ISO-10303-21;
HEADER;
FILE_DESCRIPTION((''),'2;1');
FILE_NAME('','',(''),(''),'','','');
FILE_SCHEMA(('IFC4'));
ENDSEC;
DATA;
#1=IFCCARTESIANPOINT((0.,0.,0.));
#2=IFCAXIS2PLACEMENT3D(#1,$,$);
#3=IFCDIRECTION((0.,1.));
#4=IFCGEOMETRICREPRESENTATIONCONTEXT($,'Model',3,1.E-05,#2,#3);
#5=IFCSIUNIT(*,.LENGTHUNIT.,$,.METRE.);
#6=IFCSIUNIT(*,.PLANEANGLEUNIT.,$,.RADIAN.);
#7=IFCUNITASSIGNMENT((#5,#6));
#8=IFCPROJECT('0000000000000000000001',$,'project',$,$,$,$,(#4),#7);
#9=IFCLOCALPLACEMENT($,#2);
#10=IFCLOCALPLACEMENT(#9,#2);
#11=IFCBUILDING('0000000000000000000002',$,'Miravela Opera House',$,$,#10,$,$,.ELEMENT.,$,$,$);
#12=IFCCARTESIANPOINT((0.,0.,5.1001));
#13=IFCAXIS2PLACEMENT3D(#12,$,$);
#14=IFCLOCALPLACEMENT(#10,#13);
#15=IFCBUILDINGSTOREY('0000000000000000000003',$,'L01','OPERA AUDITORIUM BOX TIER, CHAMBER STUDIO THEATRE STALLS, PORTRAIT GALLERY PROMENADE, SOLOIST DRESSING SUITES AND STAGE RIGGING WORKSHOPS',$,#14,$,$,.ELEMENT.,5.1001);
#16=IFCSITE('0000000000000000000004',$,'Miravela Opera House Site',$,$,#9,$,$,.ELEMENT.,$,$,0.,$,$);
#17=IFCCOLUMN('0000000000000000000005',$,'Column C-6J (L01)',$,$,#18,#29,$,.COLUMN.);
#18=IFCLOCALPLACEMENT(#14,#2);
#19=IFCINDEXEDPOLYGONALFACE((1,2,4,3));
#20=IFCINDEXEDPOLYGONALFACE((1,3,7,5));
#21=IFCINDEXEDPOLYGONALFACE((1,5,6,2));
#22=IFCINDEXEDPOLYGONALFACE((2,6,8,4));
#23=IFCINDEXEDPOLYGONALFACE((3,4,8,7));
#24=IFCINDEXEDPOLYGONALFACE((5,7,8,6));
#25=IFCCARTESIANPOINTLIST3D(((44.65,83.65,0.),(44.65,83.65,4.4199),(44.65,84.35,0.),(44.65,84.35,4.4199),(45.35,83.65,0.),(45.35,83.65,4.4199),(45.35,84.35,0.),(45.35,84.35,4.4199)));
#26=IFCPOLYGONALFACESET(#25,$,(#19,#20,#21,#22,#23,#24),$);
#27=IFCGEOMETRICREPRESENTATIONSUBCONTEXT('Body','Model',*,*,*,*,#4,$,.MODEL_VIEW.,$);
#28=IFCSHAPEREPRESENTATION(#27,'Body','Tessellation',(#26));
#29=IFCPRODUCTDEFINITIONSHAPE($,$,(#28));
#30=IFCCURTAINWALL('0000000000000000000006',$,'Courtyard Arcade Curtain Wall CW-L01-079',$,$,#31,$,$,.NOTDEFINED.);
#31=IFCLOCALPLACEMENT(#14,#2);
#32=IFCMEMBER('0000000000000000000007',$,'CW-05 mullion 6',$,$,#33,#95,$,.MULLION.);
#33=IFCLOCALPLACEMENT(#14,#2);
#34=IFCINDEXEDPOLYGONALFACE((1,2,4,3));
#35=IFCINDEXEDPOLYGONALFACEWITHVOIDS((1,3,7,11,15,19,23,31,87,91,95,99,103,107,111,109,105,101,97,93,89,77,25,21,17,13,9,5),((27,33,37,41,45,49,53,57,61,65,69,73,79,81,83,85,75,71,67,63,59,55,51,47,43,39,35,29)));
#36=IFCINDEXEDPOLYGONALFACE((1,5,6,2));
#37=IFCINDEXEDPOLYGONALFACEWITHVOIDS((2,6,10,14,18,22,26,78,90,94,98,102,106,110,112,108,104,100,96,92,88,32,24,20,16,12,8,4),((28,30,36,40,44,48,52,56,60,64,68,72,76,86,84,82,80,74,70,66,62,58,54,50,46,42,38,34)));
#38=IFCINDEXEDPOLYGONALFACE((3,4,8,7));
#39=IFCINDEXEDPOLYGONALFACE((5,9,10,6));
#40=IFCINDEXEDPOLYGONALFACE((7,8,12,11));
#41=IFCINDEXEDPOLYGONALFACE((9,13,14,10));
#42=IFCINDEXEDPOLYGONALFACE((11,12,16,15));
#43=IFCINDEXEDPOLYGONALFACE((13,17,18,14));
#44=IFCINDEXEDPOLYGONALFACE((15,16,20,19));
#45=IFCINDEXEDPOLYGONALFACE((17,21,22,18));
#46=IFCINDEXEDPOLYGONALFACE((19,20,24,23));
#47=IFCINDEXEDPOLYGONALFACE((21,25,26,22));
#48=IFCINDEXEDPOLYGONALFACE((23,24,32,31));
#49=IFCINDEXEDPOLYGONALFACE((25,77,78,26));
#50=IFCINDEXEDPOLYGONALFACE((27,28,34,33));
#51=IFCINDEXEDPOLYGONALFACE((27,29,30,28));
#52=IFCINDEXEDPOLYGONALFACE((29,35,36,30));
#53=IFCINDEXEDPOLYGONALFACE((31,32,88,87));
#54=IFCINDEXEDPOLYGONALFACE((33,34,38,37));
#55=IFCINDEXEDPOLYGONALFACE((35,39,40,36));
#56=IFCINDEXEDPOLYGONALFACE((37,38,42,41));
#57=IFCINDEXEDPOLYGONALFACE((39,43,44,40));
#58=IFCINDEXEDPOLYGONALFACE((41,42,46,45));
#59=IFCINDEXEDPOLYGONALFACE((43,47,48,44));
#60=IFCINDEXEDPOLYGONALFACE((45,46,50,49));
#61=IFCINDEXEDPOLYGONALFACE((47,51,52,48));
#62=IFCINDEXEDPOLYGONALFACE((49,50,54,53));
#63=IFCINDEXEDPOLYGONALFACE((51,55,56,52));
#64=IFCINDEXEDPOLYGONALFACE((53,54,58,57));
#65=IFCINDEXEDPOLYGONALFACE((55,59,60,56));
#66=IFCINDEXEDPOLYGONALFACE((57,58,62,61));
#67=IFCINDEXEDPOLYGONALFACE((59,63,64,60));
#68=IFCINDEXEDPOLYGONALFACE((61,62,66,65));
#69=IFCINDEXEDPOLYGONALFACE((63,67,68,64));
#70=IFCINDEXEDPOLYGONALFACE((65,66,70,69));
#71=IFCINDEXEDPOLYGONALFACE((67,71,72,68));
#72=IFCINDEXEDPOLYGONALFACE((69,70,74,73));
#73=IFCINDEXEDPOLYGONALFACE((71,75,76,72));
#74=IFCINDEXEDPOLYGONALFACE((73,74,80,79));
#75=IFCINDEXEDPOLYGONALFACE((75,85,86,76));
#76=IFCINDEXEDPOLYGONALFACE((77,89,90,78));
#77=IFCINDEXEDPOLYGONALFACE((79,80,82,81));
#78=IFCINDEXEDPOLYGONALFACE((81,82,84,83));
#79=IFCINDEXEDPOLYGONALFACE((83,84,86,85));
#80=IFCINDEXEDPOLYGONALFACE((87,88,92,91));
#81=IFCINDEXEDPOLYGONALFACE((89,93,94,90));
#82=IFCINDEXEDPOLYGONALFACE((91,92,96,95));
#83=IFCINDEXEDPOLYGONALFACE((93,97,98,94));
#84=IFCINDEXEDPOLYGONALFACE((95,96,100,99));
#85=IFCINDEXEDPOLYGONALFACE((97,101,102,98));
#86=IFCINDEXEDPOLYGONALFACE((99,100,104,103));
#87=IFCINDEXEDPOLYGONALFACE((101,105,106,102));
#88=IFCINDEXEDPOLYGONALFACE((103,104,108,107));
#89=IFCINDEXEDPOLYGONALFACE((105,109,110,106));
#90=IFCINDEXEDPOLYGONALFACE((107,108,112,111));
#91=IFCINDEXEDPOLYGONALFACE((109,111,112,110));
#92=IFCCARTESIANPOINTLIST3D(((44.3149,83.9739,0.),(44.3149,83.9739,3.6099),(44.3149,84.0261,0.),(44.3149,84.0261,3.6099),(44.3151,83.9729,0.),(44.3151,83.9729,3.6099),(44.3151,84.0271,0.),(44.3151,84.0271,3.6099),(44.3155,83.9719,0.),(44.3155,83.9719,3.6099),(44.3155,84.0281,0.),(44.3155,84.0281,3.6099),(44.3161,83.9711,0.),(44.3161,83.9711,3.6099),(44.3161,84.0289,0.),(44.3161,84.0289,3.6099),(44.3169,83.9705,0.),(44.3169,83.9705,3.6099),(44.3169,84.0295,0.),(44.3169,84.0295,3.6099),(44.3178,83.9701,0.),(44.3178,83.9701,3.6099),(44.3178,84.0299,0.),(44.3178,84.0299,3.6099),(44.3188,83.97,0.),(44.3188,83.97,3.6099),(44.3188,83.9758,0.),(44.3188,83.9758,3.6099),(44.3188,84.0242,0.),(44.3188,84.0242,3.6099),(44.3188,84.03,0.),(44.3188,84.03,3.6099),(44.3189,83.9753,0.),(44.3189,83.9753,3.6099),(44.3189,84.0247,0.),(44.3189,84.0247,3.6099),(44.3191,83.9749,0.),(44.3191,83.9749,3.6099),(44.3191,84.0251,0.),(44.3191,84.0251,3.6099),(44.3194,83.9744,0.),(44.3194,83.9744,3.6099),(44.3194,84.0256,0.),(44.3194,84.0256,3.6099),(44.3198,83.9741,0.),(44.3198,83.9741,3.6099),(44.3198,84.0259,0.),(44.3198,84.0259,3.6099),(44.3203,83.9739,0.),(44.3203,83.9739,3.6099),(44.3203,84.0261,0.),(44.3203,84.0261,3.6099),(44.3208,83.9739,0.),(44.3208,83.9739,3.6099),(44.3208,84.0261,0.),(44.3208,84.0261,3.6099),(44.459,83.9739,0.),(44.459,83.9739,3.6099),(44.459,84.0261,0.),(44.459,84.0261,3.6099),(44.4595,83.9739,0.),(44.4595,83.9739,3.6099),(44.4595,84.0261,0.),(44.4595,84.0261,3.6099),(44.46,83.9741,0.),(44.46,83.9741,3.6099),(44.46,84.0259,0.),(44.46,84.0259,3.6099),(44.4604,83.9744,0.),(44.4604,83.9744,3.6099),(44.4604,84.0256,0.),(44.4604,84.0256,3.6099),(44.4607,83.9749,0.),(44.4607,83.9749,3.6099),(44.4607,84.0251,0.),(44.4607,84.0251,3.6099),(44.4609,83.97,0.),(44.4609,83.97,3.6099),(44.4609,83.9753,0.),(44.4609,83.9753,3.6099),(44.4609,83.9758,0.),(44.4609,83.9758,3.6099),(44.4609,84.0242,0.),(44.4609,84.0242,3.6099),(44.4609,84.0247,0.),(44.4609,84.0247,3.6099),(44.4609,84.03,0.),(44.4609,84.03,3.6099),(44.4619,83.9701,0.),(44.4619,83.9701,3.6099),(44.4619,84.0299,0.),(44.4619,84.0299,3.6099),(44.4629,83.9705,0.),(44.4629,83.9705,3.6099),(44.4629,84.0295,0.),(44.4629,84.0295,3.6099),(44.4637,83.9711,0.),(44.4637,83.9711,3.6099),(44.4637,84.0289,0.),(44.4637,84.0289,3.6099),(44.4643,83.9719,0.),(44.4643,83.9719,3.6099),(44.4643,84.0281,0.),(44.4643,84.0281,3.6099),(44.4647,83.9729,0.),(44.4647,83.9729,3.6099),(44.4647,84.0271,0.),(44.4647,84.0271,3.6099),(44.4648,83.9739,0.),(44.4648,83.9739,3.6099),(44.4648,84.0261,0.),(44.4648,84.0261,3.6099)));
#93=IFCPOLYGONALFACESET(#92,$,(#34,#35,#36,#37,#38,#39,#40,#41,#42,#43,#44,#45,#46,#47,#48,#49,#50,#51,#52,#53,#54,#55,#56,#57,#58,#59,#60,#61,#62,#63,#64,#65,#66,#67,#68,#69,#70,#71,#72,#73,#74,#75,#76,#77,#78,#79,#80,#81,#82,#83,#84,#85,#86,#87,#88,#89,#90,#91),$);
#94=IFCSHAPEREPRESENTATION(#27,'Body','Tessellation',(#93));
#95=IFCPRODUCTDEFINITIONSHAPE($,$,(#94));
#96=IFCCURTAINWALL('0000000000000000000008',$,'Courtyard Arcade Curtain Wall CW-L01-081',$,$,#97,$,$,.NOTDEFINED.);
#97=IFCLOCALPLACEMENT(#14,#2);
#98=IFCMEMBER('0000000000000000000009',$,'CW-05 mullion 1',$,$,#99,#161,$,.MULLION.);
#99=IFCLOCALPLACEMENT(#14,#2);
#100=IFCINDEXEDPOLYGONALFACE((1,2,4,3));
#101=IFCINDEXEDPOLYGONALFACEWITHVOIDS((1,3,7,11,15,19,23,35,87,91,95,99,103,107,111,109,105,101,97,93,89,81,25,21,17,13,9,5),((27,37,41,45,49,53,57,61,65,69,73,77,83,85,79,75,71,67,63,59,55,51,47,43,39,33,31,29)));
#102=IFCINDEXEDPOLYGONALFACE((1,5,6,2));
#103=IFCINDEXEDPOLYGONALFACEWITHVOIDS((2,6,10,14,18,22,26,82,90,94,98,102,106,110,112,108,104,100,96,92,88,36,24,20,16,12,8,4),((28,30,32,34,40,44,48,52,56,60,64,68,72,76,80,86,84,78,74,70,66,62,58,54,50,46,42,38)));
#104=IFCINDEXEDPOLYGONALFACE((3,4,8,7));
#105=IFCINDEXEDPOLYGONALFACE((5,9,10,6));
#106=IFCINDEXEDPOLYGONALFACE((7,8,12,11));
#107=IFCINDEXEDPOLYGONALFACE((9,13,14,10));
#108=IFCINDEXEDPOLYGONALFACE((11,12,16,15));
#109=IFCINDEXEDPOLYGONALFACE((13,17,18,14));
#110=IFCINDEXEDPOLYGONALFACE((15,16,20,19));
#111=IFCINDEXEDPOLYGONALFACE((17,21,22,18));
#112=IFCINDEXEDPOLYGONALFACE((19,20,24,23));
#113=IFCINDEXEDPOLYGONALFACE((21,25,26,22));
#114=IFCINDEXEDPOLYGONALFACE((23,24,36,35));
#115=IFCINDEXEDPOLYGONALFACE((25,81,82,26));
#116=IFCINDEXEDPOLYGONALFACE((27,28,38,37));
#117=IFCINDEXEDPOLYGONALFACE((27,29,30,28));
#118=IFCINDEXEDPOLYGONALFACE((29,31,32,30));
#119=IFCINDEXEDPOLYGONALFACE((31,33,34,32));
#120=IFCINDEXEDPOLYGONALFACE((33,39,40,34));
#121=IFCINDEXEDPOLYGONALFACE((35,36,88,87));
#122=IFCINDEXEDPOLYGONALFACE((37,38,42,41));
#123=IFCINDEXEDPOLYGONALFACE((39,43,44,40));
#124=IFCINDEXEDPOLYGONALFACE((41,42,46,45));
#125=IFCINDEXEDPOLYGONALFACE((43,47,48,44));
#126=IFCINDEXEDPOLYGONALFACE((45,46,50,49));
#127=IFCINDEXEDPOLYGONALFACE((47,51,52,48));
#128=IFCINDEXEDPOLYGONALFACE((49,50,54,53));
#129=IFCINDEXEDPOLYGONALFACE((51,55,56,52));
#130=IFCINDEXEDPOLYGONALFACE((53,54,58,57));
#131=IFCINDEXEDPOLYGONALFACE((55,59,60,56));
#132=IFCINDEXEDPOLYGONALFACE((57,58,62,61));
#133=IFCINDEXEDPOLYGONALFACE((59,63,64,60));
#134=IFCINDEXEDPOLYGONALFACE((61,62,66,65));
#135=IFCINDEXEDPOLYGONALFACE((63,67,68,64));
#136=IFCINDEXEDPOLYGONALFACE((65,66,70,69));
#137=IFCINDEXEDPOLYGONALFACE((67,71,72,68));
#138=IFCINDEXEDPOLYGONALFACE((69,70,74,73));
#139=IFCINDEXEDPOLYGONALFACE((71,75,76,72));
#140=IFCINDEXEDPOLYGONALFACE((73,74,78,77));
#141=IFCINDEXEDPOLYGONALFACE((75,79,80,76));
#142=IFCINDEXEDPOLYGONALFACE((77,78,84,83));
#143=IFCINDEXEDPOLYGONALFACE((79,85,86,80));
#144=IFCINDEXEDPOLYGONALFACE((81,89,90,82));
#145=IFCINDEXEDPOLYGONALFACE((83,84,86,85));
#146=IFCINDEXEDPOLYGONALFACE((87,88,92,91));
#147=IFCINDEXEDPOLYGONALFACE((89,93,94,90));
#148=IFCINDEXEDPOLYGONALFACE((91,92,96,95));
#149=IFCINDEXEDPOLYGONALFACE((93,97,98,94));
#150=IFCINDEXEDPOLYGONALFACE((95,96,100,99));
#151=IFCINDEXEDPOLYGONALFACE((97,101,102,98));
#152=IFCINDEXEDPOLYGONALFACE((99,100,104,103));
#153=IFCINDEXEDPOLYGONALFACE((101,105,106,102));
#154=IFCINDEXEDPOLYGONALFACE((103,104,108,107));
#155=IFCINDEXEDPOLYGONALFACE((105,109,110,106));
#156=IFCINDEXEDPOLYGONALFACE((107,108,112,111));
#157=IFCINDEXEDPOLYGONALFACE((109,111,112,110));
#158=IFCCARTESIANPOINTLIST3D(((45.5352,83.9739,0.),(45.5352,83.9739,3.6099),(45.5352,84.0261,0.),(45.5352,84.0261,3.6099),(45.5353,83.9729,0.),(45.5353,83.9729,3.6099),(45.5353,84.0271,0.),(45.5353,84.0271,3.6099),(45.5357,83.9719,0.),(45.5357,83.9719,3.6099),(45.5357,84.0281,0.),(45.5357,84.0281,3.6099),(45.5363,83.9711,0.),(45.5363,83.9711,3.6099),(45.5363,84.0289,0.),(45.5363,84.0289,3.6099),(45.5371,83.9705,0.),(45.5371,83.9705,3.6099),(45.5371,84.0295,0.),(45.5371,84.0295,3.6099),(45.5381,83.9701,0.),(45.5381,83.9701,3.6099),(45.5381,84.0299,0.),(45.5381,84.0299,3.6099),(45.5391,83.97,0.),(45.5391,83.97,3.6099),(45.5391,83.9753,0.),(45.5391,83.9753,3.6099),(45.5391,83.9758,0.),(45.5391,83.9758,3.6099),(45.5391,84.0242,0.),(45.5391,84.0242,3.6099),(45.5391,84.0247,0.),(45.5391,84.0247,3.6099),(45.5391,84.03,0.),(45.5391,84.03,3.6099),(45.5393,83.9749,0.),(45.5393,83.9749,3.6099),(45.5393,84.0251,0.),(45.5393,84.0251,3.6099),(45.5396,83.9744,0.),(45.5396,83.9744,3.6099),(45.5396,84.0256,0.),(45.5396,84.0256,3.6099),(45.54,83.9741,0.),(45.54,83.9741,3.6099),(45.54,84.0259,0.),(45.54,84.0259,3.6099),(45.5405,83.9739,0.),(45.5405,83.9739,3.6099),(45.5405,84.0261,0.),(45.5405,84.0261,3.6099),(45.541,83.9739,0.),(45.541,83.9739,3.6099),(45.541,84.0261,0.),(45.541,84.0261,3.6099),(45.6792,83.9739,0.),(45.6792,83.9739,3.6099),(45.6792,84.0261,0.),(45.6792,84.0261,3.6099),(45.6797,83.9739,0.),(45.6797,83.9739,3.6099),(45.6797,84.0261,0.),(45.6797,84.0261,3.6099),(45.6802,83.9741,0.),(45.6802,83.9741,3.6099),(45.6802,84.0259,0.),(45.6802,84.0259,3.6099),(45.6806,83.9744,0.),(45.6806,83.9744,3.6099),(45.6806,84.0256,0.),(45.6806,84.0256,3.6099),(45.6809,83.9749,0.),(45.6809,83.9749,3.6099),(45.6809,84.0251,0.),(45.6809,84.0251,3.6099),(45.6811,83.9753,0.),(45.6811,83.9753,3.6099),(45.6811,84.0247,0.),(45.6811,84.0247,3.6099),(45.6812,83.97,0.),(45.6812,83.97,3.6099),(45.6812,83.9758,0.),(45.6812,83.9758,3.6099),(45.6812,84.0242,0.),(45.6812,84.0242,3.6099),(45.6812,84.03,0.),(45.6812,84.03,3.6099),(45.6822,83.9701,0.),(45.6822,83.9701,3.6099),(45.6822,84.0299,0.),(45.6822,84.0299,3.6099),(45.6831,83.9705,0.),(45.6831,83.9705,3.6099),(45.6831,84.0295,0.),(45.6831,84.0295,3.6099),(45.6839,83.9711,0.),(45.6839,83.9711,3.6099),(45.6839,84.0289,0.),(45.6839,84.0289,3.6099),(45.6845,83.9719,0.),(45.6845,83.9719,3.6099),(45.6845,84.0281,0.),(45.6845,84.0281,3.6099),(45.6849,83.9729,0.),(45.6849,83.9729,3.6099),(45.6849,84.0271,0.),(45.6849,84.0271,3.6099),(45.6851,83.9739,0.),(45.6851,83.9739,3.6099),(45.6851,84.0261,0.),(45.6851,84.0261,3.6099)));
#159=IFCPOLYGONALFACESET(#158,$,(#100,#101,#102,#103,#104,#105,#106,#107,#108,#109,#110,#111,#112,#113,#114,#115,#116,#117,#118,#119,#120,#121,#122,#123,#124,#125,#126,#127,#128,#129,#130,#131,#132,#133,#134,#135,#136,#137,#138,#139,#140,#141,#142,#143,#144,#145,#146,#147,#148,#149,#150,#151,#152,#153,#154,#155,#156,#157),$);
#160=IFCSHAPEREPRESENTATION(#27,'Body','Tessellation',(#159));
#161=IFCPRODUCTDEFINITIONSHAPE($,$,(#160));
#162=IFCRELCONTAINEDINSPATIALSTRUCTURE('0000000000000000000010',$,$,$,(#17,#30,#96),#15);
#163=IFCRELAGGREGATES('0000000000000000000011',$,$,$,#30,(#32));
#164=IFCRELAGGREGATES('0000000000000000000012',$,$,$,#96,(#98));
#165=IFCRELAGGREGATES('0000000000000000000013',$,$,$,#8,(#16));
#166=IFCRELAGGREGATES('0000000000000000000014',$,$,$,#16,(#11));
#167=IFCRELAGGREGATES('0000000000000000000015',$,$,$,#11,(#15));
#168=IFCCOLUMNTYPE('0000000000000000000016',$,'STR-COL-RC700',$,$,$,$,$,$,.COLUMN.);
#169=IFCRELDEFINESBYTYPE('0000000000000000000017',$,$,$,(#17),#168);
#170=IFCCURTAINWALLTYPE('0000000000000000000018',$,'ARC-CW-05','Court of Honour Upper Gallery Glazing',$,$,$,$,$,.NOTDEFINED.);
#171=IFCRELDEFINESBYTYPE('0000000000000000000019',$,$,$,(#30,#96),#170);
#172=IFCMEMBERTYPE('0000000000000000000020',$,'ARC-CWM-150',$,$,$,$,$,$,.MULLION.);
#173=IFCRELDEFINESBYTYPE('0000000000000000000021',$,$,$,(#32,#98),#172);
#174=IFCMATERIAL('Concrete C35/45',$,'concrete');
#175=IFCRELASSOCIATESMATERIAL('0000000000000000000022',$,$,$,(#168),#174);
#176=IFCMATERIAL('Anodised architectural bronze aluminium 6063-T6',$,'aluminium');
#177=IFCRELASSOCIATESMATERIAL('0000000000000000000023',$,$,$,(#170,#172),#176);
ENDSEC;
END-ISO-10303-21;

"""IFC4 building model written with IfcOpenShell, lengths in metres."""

from ifc_helpers import new_model, si_unit, direction, frame, origin, origin_2d, place, context, subcontext, project, spatial, rectangle, hollow_rectangle, extrude, material, material_profile, profile_set, type_object, element, aggregate, save


model = new_model("IFC4")

# Units and contexts
model_context = context("Model", 3, precision=1e-05, world=origin(), true_north=direction((0.0, 1.0)))
body_context = subcontext(model_context, "Body", "Model", "MODEL_VIEW")
ifc_project = project(units=[si_unit("LENGTHUNIT", "METRE"), si_unit("PLANEANGLEUNIT", "RADIAN")], contexts=[model_context])

# Site, building, storey
site_placement = place(None, origin())
site = spatial("IfcSite", under=ifc_project, at=site_placement, Name="Miravela Opera House Site", CompositionType="ELEMENT", RefElevation=0.0)
building_placement = place(site_placement, origin())
building = spatial("IfcBuilding", under=site, at=building_placement, Name="Miravela Opera House", CompositionType="ELEMENT")
storey_placement = place(building_placement, frame((0.0, 0.0, 5.1001)))
storey = spatial("IfcBuildingStorey", under=building, at=storey_placement, Name="L01", Description="OPERA AUDITORIUM BOX TIER, CHAMBER STUDIO THEATRE STALLS, PORTRAIT GALLERY PROMENADE, SOLOIST DRESSING SUITES AND STAGE RIGGING WORKSHOPS", CompositionType="ELEMENT", Elevation=5.1001)

# Column
ifc_material_1 = material(Name="Concrete C35/45", Category="concrete")
ifc_material_profile_1 = material_profile(ifc_material_1, rectangle(XDim=0.7, YDim=0.7, at=origin_2d()), Name="RC-COL-700X700")
ifc_profile_set_1 = profile_set([ifc_material_profile_1])
column_type = type_object("IfcColumnType", Name="STR-COL-RC700", PredefinedType="COLUMN", material=ifc_profile_set_1)
column_placement = place(storey_placement, frame((45.0, 84.0, 0.0), z_axis=(0.0, 0.0, 1.0), x_axis=(1.0, 0.0, 0.0)))
element("IfcColumn", 1, at=column_placement, inside=storey, type_object=column_type, Name="Column C-6J (L01)", PredefinedType="COLUMN", context=body_context, shape_type="SweptSolid", body=[
    extrude(rectangle(XDim=0.7, YDim=0.7, at=origin_2d()), origin(), (0.0, 0.0, 1.0), 4.4199),
])

# Curtain wall, member
ifc_material_2 = material(Name="Anodised architectural bronze aluminium 6063-T6", Category="aluminium")
curtain_wall_type = type_object("IfcCurtainWallType", Name="ARC-CW-05", Description="Court of Honour Upper Gallery Glazing", PredefinedType="NOTDEFINED", material=ifc_material_2)
curtain_wall_1_placement = place(storey_placement, origin())
curtain_wall_1 = element("IfcCurtainWall", 2, at=curtain_wall_1_placement, inside=storey, type_object=curtain_wall_type, Name="Courtyard Arcade Curtain Wall CW-L01-079", PredefinedType="NOTDEFINED")
ifc_material_profile_2 = material_profile(ifc_material_2, hollow_rectangle(XDim=0.0601, YDim=0.1499, WallThickness=0.0039, InnerFilletRadius=0.002, OuterFilletRadius=0.0039, at=origin_2d()), Name="CWM-60X150")
ifc_profile_set_2 = profile_set([ifc_material_profile_2])
member_type_1 = type_object("IfcMemberType", Name="ARC-CWM-150", PredefinedType="MULLION", material=ifc_profile_set_2)
member_1_placement = place(storey_placement, frame((44.3899, 84.0, 0.0), z_axis=(0.0, 0.0, 1.0), x_axis=(0.0, 1.0, 0.0)))
member_1 = element("IfcMember", 3, at=member_1_placement, type_object=member_type_1, Name="CW-05 mullion 6", PredefinedType="MULLION", context=body_context, shape_type="SweptSolid", body=[
    extrude(hollow_rectangle(XDim=0.0601, YDim=0.1499, WallThickness=0.0039, InnerFilletRadius=0.002, OuterFilletRadius=0.0039, at=origin_2d()), origin(), (0.0, 0.0, 1.0), 3.6099),
])

# Curtain wall, member
curtain_wall_2_placement = place(storey_placement, origin())
curtain_wall_2 = element("IfcCurtainWall", 4, at=curtain_wall_2_placement, inside=storey, type_object=curtain_wall_type, Name="Courtyard Arcade Curtain Wall CW-L01-081", PredefinedType="NOTDEFINED")
member_2_placement = place(storey_placement, frame((45.6101, 84.0, 0.0), z_axis=(0.0, 0.0, 1.0), x_axis=(0.0, 1.0, 0.0)))
member_2 = element("IfcMember", 5, at=member_2_placement, type_object=member_type_1, Name="CW-05 mullion 1", PredefinedType="MULLION", context=body_context, shape_type="SweptSolid", body=[
    extrude(hollow_rectangle(XDim=0.0601, YDim=0.1499, WallThickness=0.0039, InnerFilletRadius=0.002, OuterFilletRadius=0.0039, at=origin_2d()), origin(), (0.0, 0.0, 1.0), 3.6099),
])

aggregate(curtain_wall_1, [member_1])
aggregate(curtain_wall_2, [member_2])

save(model, "model.ifc")
